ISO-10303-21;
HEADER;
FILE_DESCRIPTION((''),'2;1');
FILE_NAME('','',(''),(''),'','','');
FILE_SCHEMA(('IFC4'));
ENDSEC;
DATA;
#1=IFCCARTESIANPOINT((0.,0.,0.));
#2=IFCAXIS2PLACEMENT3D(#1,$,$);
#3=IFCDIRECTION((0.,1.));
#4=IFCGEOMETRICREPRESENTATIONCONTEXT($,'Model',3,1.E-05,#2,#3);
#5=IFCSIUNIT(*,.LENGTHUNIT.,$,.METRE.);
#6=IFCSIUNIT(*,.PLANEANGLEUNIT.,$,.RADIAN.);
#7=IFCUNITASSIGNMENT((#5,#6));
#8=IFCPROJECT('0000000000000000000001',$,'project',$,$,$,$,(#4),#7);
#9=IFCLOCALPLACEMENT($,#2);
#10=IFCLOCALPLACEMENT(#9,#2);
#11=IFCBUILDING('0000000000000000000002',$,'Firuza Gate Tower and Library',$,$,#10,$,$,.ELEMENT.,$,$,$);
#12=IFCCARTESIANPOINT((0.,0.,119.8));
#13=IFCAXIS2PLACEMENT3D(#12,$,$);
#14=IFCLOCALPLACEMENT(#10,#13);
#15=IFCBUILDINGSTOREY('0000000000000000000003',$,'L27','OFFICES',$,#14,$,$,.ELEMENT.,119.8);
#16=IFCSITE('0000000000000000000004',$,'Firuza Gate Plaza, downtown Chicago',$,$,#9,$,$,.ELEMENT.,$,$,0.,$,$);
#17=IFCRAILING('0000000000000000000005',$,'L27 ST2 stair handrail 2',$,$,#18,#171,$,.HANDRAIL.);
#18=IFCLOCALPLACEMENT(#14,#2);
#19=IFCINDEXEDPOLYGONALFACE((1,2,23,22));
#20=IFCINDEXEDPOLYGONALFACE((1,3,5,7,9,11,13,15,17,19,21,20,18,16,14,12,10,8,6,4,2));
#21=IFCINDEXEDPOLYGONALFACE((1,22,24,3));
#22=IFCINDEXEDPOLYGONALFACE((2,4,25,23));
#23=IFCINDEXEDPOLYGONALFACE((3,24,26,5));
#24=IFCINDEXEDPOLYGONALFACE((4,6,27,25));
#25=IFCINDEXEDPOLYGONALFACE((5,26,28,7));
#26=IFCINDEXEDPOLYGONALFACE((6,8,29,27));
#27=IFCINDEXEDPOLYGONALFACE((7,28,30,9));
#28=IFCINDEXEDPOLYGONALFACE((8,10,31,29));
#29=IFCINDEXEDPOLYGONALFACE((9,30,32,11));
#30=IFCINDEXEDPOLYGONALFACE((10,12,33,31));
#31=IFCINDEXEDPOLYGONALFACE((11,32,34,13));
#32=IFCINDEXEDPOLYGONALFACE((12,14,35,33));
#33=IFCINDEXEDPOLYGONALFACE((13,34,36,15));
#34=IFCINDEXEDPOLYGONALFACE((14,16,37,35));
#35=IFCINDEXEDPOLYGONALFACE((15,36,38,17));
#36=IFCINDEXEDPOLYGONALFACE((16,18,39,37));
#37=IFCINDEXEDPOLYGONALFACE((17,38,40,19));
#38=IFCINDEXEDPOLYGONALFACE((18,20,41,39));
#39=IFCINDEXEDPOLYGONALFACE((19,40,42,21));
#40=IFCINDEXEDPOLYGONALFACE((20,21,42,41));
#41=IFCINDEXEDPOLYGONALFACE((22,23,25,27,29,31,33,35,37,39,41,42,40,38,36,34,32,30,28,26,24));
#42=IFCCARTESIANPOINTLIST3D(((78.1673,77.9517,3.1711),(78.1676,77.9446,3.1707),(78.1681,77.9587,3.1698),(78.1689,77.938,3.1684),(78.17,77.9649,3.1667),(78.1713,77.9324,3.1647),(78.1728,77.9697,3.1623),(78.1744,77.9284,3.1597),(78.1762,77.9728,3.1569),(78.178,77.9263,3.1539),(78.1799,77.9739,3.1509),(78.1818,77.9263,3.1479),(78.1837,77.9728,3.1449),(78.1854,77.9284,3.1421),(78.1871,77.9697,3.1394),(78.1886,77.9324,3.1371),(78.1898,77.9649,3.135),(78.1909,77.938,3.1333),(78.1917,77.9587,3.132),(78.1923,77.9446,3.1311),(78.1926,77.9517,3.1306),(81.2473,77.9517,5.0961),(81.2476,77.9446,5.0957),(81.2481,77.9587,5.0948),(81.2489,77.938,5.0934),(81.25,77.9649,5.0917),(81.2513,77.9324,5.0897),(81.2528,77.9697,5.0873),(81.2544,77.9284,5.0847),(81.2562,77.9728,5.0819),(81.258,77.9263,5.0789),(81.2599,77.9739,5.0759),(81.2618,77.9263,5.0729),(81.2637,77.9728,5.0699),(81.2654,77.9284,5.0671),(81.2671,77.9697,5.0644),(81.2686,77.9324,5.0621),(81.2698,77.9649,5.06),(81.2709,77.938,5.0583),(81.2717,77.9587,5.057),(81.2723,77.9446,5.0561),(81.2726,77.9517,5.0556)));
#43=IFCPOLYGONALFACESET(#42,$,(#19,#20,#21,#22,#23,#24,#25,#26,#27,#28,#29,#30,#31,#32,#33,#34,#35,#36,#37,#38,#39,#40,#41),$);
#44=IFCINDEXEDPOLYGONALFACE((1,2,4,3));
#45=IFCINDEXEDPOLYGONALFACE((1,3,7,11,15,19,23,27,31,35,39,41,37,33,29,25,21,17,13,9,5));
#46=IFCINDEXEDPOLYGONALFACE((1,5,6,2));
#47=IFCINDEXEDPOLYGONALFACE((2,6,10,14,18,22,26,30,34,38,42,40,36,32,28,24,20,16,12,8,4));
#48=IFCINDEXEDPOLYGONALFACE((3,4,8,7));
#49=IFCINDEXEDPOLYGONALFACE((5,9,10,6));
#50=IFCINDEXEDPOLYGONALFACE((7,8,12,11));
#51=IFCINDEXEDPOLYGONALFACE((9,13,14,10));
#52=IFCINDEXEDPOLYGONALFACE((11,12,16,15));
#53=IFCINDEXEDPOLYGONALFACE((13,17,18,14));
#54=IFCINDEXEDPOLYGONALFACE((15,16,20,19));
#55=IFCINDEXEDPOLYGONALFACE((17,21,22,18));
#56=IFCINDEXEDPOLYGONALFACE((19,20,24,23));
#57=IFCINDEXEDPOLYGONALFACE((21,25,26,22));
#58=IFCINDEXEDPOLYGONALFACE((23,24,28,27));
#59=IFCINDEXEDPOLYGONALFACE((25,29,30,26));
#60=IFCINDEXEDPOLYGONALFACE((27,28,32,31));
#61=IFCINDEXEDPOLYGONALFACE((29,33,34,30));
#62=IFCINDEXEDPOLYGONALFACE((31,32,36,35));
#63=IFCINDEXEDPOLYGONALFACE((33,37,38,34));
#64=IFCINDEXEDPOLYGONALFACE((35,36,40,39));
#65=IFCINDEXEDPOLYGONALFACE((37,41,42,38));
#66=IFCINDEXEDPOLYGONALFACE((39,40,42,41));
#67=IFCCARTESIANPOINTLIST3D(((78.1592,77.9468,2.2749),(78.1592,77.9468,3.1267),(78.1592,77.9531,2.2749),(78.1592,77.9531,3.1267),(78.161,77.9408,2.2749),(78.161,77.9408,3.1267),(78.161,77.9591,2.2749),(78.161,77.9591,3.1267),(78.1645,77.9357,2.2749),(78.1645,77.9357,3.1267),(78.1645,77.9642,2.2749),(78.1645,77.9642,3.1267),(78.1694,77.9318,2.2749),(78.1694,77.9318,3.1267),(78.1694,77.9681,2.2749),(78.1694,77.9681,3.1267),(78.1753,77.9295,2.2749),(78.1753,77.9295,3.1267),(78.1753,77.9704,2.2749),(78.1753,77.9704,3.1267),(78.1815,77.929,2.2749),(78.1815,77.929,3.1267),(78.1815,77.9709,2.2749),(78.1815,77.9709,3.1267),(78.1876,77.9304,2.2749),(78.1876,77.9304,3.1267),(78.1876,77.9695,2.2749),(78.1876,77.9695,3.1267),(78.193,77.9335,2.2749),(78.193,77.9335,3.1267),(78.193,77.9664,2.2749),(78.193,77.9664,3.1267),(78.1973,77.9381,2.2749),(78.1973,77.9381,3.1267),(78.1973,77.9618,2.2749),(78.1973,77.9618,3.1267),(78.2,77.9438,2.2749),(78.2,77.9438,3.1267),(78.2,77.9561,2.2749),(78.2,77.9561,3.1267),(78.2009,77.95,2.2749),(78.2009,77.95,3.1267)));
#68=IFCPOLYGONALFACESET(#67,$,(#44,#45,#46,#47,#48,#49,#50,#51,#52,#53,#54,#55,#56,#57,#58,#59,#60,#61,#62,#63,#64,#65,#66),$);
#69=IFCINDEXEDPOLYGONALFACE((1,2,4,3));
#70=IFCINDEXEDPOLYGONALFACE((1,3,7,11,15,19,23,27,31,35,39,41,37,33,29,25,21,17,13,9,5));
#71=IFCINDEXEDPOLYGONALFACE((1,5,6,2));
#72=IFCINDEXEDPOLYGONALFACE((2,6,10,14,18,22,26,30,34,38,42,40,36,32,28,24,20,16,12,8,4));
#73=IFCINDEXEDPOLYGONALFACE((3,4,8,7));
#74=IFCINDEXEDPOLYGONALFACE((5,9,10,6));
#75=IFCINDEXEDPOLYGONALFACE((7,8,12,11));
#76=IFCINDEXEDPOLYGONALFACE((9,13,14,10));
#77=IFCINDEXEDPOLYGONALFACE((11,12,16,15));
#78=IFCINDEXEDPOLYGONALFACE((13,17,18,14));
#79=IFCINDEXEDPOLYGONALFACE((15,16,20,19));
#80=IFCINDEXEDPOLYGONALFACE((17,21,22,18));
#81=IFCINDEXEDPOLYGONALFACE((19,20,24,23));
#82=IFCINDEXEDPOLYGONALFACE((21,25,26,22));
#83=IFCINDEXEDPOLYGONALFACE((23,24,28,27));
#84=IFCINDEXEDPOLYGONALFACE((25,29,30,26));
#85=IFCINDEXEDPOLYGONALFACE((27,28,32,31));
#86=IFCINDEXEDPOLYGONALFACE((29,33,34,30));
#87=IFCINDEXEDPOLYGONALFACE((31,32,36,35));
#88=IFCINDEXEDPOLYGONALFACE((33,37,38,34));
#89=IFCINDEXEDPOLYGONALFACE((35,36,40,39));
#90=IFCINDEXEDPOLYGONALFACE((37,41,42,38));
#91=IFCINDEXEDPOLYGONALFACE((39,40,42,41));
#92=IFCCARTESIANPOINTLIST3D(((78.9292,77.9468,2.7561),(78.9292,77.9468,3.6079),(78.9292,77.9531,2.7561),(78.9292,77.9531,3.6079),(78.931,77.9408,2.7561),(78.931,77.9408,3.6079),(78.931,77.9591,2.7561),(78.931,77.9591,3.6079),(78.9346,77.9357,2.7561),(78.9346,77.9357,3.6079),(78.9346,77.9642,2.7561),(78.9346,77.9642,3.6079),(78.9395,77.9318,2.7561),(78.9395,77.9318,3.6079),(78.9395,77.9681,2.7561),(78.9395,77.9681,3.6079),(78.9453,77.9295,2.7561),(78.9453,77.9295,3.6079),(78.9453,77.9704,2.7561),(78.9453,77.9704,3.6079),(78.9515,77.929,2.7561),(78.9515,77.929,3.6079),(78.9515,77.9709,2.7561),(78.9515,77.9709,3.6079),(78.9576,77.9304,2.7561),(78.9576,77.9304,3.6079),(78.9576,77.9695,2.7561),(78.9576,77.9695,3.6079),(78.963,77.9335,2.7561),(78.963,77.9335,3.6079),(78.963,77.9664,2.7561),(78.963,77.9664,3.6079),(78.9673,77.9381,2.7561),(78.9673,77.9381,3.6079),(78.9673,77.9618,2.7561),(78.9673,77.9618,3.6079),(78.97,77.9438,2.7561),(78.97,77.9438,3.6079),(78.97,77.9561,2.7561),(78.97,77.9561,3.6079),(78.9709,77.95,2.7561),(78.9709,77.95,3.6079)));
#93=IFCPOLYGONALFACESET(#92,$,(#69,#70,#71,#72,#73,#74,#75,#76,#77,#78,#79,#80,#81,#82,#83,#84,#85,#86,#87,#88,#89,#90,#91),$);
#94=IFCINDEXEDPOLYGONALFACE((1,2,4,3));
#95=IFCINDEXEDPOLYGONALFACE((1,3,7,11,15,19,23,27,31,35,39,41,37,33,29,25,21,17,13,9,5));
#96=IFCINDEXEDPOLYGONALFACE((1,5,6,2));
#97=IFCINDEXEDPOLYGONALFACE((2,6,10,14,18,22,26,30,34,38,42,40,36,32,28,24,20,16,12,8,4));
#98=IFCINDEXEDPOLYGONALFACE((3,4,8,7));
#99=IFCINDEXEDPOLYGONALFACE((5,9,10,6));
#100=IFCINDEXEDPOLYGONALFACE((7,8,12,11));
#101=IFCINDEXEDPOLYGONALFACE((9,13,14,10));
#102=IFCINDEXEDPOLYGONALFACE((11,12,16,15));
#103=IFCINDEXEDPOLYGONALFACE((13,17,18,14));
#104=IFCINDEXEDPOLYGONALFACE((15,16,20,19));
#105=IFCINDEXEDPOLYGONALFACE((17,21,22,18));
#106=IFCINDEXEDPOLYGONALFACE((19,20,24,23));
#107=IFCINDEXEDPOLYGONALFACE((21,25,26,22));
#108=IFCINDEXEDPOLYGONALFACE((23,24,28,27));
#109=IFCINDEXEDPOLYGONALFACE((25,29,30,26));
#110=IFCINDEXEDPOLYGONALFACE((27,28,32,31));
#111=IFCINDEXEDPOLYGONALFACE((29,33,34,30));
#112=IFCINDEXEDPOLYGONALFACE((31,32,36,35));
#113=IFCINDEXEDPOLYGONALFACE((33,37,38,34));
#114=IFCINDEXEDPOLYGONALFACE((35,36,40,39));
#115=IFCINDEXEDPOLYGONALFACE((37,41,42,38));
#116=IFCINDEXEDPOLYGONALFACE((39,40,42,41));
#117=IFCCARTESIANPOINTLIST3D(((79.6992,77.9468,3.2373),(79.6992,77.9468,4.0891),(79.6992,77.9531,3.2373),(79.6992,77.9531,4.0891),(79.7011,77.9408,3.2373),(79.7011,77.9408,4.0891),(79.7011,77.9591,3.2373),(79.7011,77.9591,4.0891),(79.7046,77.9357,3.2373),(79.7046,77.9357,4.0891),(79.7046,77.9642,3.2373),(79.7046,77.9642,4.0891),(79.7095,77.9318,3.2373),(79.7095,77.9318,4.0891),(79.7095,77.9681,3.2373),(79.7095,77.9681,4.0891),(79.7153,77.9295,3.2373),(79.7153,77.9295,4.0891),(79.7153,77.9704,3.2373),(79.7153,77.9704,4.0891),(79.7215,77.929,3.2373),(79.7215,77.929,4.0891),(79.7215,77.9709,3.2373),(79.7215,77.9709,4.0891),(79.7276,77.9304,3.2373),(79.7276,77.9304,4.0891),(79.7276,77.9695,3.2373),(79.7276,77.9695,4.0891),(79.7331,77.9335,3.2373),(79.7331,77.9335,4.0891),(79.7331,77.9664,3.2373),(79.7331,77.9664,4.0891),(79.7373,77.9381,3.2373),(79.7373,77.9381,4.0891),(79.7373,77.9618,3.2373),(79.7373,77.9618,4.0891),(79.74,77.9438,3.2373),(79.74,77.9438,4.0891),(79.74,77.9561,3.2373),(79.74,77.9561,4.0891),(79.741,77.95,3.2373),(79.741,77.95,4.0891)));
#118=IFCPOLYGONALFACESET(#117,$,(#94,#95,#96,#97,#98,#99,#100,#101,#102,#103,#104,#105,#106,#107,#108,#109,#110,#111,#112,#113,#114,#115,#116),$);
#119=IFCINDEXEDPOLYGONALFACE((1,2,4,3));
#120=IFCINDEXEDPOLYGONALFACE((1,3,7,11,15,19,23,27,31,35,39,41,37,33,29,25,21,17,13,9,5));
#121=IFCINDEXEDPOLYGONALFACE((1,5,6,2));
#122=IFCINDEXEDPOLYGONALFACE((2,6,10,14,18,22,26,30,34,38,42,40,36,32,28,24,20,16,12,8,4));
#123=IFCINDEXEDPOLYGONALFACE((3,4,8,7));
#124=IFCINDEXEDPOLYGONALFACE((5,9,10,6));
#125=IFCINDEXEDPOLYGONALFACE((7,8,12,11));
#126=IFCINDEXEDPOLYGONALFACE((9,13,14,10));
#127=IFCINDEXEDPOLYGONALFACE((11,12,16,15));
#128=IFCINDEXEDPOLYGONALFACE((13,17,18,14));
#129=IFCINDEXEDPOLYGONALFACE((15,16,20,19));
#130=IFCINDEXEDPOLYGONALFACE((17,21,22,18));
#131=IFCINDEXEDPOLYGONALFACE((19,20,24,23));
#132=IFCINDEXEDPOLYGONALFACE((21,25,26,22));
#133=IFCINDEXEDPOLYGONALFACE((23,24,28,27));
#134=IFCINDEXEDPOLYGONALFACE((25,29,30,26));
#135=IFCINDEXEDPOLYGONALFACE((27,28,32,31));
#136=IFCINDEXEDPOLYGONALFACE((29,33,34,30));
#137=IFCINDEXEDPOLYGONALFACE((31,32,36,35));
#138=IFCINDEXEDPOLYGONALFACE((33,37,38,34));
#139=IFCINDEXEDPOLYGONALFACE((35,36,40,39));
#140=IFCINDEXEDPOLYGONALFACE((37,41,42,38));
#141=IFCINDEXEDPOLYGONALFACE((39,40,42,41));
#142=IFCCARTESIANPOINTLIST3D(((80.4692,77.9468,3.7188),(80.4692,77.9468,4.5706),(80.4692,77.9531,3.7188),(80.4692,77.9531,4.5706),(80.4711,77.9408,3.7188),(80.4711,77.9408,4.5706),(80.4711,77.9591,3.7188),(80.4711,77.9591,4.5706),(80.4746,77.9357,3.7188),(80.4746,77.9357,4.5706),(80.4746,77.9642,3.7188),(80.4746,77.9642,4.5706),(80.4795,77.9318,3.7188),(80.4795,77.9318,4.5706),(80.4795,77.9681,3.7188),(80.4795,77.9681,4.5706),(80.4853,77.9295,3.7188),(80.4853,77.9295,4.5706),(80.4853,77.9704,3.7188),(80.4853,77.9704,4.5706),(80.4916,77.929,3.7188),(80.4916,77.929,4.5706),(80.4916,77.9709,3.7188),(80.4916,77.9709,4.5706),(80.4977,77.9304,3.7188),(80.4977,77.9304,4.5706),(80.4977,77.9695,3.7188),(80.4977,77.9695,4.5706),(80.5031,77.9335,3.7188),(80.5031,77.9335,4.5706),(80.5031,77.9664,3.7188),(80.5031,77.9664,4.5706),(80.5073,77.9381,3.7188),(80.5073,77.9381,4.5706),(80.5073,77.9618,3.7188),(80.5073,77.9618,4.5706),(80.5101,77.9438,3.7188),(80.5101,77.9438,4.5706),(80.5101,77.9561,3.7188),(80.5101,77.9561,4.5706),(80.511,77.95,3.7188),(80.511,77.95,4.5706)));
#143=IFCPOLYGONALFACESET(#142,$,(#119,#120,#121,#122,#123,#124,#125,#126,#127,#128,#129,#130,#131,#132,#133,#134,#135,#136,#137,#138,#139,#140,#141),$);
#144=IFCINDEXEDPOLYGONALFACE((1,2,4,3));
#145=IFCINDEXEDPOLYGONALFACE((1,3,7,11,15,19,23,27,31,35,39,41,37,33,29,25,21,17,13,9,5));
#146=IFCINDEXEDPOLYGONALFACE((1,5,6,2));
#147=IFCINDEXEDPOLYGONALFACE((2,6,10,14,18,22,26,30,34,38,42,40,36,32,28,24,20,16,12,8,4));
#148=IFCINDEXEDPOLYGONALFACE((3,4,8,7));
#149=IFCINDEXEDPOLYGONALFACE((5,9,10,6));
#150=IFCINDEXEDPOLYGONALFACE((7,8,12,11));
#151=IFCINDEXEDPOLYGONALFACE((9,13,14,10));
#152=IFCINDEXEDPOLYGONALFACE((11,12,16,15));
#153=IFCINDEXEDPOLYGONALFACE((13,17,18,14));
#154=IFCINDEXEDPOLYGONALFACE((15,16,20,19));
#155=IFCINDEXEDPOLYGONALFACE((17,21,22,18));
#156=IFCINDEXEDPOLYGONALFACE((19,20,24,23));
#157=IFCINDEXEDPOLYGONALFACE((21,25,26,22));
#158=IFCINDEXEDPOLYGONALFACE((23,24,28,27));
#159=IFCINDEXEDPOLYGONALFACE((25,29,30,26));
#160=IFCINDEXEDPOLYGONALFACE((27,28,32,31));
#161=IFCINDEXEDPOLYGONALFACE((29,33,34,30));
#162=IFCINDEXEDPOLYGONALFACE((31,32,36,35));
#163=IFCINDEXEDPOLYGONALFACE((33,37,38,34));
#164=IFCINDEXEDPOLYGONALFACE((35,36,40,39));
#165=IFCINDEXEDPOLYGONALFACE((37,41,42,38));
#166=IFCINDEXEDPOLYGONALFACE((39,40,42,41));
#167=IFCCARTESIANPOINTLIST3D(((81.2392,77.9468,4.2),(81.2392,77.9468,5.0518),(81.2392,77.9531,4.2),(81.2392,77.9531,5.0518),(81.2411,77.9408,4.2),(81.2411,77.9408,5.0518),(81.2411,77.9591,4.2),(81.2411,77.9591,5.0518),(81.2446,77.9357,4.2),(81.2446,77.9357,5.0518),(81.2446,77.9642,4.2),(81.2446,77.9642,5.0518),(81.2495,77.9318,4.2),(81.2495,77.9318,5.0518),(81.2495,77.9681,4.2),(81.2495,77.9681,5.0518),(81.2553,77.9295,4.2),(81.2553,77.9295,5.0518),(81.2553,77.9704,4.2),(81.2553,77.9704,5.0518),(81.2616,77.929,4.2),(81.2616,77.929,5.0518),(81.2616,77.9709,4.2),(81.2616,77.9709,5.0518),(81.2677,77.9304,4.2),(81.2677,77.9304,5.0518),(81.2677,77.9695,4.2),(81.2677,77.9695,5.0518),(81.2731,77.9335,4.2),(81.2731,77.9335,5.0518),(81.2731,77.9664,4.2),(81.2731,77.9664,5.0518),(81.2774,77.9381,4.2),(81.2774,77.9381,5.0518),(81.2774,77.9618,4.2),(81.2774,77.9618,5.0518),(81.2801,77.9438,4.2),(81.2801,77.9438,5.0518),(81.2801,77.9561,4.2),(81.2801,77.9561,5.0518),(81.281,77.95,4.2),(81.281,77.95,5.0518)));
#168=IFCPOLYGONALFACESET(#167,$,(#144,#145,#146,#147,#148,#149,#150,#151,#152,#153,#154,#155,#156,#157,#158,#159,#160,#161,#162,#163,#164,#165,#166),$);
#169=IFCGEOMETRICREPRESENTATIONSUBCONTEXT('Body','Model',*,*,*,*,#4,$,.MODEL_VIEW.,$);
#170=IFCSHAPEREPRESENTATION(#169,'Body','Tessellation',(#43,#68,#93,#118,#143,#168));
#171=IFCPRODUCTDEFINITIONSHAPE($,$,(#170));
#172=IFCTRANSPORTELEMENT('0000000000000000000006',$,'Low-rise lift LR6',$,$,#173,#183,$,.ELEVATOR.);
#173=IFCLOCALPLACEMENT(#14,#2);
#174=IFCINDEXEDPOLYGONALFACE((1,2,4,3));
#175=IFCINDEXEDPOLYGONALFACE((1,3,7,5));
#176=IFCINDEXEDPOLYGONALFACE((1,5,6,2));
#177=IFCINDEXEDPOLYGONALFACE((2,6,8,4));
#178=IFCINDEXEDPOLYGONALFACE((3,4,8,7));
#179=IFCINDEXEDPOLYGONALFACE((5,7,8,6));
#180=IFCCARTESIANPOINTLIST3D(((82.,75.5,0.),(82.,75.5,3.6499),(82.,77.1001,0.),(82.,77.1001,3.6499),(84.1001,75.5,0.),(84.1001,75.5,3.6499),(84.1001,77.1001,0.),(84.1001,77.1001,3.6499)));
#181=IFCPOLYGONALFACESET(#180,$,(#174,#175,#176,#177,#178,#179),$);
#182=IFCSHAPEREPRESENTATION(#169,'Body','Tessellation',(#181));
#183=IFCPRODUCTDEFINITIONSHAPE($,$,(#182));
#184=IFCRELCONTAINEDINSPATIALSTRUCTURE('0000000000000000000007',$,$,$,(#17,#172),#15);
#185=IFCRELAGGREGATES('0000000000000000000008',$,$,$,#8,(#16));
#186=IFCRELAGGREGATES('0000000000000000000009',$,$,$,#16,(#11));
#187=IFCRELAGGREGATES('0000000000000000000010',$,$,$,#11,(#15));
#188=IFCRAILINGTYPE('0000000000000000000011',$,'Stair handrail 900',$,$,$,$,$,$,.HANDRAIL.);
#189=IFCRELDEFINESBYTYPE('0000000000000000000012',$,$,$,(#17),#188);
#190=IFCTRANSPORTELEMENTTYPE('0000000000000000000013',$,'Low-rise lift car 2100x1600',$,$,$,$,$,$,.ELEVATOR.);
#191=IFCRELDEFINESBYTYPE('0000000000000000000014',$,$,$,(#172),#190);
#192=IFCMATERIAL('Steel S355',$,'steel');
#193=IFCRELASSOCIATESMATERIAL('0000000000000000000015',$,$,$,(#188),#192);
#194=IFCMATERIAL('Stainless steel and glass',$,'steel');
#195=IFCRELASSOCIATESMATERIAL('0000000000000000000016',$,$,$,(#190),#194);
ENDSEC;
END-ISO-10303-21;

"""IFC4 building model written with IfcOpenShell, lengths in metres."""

from ifc_helpers import new_model, si_unit, direction, frame, origin, origin_2d, place, context, subcontext, project, spatial, rectangle, circle, extrude, material, type_object, element, save


model = new_model("IFC4")

# Units and contexts
model_context = context("Model", 3, precision=1e-05, world=origin(), true_north=direction((0.0, 1.0)))
body_context = subcontext(model_context, "Body", "Model", "MODEL_VIEW")
ifc_project = project(units=[si_unit("LENGTHUNIT", "METRE"), si_unit("PLANEANGLEUNIT", "RADIAN")], contexts=[model_context])

# Site, building, storey
site_placement = place(None, origin())
site = spatial("IfcSite", under=ifc_project, at=site_placement, Name="Firuza Gate Plaza, downtown Chicago", CompositionType="ELEMENT", RefElevation=0.0)
building_placement = place(site_placement, origin())
building = spatial("IfcBuilding", under=site, at=building_placement, Name="Firuza Gate Tower and Library", CompositionType="ELEMENT")
storey_placement = place(building_placement, frame((0.0, 0.0, 119.8)))
storey = spatial("IfcBuildingStorey", under=building, at=storey_placement, Name="L27", Description="OFFICES", CompositionType="ELEMENT", Elevation=119.8)

# Railing
ifc_material_1 = material(Name="Steel S355", Category="steel")
railing_type_1 = type_object("IfcRailingType", Name="Stair handrail 900", PredefinedType="HANDRAIL", material=ifc_material_1)
railing_1_placement = place(storey_placement, frame((78.1799, 77.95, 2.2749)))
element("IfcRailing", 1, at=railing_1_placement, inside=storey, type_object=railing_type_1, Name="L27 ST2 stair handrail 2", PredefinedType="HANDRAIL", context=body_context, shape_type="SweptSolid", body=[
    extrude(circle(Radius=0.0239, at=origin_2d()), frame((0.0, 0.0, 0.876), z_axis=(0.847998, 0.0, 0.529999), x_axis=(0.0, 1.0, 0.0)), (0.0, 0.0, 1.0), 3.6321),
    extrude(circle(Radius=0.021, at=origin_2d()), origin(), (0.0, 0.0, 1.0), 0.8518),
    extrude(circle(Radius=0.021, at=origin_2d()), frame((0.77, 0.0, 0.4812)), (0.0, 0.0, 1.0), 0.8518),
    extrude(circle(Radius=0.021, at=origin_2d()), frame((1.54, 0.0, 0.9624)), (0.0, 0.0, 1.0), 0.8518),
    extrude(circle(Radius=0.021, at=origin_2d()), frame((2.3101, 0.0, 1.4438)), (0.0, 0.0, 1.0), 0.8518),
    extrude(circle(Radius=0.021, at=origin_2d()), frame((3.0801, 0.0, 1.925)), (0.0, 0.0, 1.0), 0.8518),
])

# Transport element
ifc_material_2 = material(Name="Stainless steel and glass", Category="steel")
transport_element_type = type_object("IfcTransportElementType", Name="Low-rise lift car 2100x1600", PredefinedType="ELEVATOR", material=ifc_material_2)
transport_element_placement = place(storey_placement, frame((83.05, 76.3, 0.0), z_axis=(0.0, 0.0, 1.0), x_axis=(1.0, 0.0, 0.0)))
element("IfcTransportElement", 2, at=transport_element_placement, inside=storey, type_object=transport_element_type, Name="Low-rise lift LR6", PredefinedType="ELEVATOR", context=body_context, shape_type="SweptSolid", body=[
    extrude(rectangle(XDim=2.1001, YDim=1.6001, at=origin_2d()), origin(), (0.0, 0.0, 1.0), 3.6499),
])

save(model, "model.ifc")
